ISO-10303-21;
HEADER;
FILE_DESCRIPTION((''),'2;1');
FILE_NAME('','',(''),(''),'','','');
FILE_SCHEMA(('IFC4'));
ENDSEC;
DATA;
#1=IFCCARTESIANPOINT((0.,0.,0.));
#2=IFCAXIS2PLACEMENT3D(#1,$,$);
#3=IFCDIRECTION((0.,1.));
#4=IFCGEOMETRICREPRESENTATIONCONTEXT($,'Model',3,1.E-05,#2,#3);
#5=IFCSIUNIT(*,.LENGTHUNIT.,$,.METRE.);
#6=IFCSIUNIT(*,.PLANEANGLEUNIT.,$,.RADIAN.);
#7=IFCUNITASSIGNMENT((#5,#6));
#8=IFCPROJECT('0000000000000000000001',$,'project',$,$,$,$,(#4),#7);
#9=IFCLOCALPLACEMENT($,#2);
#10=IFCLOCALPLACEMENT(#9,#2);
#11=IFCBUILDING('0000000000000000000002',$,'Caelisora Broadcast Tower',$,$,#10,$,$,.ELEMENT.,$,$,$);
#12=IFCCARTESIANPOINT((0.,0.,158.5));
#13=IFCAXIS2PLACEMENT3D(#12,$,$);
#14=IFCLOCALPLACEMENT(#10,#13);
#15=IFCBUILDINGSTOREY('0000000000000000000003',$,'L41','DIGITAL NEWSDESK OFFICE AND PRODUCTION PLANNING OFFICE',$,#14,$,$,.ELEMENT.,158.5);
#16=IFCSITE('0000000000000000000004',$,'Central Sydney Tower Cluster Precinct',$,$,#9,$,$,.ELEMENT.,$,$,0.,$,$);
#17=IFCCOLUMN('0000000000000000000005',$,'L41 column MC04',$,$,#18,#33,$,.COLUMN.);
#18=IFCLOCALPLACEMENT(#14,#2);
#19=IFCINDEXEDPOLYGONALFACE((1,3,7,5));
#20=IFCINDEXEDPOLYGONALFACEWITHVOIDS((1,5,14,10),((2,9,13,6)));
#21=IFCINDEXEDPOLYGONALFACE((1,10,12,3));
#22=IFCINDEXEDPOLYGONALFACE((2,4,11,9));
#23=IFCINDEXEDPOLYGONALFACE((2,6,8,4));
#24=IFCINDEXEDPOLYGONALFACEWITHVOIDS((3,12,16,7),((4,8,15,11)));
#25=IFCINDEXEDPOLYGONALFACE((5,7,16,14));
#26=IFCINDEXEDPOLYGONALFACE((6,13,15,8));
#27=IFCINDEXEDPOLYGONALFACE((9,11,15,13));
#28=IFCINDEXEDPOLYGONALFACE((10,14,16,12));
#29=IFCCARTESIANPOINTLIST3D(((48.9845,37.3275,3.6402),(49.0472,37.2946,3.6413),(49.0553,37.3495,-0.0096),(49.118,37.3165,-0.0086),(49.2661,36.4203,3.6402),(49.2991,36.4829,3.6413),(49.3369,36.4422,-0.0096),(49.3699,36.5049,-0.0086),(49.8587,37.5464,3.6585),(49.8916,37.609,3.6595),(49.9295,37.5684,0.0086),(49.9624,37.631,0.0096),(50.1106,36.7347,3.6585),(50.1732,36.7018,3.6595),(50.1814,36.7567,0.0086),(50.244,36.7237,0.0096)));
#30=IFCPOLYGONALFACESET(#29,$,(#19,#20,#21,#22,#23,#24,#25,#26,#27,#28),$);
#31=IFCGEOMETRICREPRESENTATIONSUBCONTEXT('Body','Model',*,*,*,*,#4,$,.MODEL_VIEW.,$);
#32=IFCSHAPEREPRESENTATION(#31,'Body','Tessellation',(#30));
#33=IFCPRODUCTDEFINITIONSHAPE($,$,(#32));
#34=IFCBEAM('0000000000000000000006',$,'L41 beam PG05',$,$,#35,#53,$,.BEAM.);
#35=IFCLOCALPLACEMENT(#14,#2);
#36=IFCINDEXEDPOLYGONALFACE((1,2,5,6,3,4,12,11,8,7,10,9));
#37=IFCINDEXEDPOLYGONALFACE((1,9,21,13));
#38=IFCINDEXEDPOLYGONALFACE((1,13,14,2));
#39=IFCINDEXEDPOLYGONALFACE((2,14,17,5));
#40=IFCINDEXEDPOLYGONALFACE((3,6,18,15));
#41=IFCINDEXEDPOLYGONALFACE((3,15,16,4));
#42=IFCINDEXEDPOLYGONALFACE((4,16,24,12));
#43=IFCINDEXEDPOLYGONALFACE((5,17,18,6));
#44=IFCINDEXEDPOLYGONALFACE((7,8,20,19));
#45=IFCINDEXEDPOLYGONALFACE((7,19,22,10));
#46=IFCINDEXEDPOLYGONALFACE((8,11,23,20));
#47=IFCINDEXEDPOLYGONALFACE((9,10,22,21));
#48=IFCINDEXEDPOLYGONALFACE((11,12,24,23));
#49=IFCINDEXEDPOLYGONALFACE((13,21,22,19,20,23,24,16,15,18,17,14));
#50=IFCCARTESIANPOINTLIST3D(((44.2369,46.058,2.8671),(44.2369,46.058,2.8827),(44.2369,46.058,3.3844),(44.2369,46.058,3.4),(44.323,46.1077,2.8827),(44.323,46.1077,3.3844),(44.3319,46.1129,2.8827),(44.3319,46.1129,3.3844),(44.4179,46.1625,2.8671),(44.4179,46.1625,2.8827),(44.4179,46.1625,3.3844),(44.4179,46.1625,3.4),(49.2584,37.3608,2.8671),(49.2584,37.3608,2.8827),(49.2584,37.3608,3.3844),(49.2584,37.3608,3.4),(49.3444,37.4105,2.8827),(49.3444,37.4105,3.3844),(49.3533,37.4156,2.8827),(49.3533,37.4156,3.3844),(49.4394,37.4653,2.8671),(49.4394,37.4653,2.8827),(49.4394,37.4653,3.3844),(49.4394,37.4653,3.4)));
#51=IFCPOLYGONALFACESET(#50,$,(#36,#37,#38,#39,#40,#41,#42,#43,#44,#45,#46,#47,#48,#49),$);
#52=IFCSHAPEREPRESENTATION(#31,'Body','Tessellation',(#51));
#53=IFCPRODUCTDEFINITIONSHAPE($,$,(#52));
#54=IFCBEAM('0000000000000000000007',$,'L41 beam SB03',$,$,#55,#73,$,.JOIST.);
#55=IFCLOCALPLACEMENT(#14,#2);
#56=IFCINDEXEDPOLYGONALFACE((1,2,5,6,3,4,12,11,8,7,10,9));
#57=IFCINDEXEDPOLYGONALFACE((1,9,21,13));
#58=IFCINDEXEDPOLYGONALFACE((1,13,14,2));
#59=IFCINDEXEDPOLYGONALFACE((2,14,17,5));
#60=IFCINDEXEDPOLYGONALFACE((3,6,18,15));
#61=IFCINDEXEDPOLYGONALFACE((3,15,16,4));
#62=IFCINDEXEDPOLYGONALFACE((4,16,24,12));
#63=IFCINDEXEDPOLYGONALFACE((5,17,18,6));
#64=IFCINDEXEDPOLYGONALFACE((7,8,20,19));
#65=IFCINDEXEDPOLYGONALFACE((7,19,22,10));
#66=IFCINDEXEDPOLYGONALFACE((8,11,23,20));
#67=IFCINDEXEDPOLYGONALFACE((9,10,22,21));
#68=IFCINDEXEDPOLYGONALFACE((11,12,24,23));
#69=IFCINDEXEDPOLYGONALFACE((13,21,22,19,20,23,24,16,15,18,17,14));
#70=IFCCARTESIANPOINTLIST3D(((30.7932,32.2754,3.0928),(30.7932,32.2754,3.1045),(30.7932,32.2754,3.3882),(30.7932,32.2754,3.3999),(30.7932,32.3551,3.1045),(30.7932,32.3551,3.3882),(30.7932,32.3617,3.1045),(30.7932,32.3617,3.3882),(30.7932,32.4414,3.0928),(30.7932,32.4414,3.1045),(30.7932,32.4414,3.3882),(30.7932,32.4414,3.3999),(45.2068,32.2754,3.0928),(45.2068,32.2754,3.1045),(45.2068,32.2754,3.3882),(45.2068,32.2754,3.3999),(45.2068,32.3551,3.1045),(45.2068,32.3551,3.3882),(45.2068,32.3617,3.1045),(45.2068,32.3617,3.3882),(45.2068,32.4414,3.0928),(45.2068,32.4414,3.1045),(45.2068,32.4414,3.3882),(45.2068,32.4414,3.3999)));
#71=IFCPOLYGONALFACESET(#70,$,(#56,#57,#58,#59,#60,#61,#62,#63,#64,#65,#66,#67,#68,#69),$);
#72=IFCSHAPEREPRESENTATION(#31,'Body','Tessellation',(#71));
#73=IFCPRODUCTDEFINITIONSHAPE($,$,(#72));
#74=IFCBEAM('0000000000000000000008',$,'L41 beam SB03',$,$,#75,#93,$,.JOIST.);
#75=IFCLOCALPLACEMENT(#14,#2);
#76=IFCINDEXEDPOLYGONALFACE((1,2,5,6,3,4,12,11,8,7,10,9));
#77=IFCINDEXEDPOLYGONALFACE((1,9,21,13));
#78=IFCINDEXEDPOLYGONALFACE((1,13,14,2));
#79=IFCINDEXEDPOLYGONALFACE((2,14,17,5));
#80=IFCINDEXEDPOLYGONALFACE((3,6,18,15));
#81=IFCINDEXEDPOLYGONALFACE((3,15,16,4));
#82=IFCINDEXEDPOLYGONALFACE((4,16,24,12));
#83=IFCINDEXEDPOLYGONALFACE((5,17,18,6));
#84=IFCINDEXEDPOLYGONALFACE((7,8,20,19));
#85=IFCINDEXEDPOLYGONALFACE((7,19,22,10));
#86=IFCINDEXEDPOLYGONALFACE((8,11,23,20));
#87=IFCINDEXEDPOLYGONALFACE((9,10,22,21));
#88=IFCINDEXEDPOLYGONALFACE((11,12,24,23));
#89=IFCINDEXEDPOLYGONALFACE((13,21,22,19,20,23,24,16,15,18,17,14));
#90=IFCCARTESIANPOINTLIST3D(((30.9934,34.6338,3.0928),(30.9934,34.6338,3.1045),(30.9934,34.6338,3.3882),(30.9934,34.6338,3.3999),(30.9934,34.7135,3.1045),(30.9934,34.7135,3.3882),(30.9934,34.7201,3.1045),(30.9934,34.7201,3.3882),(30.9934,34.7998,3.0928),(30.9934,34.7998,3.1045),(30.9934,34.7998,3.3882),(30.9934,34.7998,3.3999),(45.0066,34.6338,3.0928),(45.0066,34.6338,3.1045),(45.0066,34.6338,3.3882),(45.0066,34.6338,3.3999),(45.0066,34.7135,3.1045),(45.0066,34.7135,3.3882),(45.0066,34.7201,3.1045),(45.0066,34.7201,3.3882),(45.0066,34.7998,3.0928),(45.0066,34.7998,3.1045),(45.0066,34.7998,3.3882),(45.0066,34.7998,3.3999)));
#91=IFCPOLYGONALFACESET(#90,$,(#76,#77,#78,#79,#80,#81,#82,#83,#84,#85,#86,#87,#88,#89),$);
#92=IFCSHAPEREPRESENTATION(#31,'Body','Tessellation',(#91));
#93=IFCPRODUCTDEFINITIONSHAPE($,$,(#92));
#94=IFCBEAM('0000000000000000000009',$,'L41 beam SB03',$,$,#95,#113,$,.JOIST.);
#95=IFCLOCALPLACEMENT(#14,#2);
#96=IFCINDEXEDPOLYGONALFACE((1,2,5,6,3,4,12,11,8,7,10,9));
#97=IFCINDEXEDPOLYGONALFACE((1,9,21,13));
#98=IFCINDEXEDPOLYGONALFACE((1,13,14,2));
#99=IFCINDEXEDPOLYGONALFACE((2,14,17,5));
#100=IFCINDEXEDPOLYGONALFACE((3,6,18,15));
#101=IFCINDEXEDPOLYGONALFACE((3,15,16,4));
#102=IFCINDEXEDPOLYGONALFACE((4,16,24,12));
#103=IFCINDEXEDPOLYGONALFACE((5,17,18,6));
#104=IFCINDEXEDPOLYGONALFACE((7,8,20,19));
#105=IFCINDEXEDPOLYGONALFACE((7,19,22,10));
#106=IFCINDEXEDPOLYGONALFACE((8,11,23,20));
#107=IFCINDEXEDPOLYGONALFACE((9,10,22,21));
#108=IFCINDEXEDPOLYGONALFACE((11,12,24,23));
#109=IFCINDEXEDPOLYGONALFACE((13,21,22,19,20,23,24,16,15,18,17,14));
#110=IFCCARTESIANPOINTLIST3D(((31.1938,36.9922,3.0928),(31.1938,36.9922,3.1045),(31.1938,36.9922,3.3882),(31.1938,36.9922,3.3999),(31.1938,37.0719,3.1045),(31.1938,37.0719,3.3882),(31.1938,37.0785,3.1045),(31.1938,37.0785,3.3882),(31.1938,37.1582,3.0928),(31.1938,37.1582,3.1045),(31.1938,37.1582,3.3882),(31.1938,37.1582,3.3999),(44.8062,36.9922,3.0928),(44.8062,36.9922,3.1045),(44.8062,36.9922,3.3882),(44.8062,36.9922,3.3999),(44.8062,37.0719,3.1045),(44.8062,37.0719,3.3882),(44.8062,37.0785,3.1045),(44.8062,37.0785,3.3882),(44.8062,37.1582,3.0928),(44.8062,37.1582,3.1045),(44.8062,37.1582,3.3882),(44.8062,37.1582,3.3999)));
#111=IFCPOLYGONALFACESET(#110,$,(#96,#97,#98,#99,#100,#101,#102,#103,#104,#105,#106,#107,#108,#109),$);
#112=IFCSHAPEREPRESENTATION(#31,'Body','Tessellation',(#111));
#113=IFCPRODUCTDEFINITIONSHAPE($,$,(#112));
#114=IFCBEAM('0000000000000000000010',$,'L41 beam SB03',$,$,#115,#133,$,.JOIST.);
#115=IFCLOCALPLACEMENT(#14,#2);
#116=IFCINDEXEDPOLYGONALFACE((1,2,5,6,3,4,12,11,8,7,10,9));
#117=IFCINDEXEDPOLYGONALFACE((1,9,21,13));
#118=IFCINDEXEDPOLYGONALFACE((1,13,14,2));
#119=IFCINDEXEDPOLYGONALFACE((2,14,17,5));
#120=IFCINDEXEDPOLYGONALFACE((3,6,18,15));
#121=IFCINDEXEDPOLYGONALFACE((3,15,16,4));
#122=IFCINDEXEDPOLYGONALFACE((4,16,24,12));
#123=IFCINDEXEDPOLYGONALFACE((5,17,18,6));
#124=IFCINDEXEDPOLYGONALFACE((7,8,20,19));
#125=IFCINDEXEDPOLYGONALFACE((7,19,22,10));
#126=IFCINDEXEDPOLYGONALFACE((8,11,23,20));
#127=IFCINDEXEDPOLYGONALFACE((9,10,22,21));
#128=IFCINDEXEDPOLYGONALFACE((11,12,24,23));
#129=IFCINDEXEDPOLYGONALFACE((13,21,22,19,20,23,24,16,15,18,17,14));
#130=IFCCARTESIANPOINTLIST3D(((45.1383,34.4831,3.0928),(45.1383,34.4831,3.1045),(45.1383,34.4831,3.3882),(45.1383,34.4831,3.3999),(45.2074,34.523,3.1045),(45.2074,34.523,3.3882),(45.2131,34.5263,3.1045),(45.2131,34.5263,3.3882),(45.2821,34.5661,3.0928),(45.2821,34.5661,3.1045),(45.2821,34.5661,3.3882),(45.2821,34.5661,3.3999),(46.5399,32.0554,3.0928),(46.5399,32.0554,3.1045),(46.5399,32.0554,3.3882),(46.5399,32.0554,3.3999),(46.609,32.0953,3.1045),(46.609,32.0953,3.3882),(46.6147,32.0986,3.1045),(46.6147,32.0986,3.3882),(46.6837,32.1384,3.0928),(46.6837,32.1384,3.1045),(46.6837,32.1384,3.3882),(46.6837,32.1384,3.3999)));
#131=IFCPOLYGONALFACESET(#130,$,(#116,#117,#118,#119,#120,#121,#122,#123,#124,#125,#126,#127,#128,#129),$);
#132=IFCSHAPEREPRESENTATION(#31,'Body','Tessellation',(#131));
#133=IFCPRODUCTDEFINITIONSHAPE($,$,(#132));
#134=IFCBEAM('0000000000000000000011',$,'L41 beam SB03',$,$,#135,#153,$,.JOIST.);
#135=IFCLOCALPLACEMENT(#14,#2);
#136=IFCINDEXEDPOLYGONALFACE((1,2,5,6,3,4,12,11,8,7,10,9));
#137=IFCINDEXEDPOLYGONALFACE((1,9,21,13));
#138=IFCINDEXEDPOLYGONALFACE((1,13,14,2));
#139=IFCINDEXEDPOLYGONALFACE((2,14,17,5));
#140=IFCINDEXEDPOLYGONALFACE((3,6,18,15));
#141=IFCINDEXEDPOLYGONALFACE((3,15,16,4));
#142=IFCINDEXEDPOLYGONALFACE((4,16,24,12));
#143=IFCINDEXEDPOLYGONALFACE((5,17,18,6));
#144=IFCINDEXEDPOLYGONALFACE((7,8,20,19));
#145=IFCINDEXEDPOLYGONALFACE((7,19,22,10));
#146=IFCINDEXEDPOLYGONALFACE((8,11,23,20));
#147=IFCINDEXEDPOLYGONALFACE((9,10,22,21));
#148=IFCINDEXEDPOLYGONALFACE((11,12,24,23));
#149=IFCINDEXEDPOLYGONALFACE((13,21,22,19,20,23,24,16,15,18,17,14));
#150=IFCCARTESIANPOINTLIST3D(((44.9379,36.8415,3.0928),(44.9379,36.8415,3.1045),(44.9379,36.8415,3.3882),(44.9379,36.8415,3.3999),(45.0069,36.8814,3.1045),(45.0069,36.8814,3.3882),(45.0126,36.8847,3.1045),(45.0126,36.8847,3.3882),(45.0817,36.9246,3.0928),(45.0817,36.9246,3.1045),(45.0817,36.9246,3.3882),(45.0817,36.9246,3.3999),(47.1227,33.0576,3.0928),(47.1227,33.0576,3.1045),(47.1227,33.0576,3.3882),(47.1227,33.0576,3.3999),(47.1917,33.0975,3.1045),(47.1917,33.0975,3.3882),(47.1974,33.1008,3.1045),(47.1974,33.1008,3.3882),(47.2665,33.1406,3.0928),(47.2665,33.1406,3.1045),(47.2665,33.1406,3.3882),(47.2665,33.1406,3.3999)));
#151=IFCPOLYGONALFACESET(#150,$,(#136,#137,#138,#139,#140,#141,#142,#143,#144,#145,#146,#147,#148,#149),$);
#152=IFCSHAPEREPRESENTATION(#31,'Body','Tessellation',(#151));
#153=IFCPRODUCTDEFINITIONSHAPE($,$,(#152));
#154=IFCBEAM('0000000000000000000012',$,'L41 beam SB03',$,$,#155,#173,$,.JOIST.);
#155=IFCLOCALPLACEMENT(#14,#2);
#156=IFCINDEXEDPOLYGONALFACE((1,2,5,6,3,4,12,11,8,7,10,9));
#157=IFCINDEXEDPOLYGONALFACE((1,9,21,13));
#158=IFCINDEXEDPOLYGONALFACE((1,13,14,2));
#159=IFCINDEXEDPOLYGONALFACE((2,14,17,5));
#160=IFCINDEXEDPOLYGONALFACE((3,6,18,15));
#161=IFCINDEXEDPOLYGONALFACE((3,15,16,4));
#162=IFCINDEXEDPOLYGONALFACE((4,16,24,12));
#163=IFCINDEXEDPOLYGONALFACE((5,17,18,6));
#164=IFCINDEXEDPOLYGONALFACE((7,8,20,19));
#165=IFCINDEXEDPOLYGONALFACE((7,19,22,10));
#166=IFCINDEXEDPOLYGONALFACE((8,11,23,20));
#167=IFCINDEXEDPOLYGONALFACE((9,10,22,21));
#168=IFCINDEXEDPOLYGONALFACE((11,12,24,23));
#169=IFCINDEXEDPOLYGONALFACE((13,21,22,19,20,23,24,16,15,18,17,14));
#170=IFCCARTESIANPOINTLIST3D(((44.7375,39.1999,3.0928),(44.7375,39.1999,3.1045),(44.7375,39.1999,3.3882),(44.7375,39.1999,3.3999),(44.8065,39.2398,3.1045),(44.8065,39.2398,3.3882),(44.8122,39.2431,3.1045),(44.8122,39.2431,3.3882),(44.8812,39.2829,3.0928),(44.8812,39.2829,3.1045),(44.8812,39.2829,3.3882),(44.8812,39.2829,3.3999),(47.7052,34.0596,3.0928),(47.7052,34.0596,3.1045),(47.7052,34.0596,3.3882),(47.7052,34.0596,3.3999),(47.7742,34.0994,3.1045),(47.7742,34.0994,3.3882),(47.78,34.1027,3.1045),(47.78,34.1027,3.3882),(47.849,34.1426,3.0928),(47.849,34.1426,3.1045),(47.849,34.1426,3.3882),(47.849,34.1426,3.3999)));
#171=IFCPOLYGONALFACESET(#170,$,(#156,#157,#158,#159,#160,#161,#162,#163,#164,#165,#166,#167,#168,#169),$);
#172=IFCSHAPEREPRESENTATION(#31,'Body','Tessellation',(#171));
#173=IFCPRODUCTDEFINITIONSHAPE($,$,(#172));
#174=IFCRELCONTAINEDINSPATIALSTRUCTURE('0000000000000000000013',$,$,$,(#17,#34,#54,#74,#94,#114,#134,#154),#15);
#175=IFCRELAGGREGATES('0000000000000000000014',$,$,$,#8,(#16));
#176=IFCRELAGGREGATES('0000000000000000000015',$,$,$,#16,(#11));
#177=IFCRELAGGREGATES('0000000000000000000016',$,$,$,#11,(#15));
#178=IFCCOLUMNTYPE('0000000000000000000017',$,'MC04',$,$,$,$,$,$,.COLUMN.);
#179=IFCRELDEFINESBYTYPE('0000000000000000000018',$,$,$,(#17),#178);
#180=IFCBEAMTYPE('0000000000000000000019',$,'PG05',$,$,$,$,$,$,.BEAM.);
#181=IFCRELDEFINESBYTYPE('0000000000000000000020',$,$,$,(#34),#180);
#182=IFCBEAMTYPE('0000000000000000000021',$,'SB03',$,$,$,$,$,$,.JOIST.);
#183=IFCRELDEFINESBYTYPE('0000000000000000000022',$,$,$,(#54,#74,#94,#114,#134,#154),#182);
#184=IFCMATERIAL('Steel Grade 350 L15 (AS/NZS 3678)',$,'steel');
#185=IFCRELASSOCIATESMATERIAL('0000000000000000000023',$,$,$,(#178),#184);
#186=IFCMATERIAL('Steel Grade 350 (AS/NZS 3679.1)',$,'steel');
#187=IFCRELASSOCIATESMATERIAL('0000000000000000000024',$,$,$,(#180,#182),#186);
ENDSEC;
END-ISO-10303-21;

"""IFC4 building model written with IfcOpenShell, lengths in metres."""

from ifc_helpers import new_model, si_unit, direction, frame, origin, origin_2d, place, context, subcontext, project, spatial, hollow_rectangle, i_section, extrude, source, transform, mapped, material, material_profile, profile_set, type_object, type_shapes, element, save


model = new_model("IFC4")

# Units and contexts
model_context = context("Model", 3, precision=1e-05, world=origin(), true_north=direction((0.0, 1.0)))
body_context = subcontext(model_context, "Body", "Model", "MODEL_VIEW")
ifc_project = project(units=[si_unit("LENGTHUNIT", "METRE"), si_unit("PLANEANGLEUNIT", "RADIAN")], contexts=[model_context])

# Site, building, storey
site_placement = place(None, origin())
site = spatial("IfcSite", under=ifc_project, at=site_placement, Name="Central Sydney Tower Cluster Precinct", CompositionType="ELEMENT", RefElevation=0.0)
building_placement = place(site_placement, origin())
building = spatial("IfcBuilding", under=site, at=building_placement, Name="Caelisora Broadcast Tower", CompositionType="ELEMENT")
storey_placement = place(building_placement, frame((0.0, 0.0, 158.5)))
storey = spatial("IfcBuildingStorey", under=building, at=storey_placement, Name="L41", Description="DIGITAL NEWSDESK OFFICE AND PRODUCTION PLANNING OFFICE", CompositionType="ELEMENT", Elevation=158.5)

# Column
ifc_material_1 = material(Name="Steel Grade 350 L15 (AS/NZS 3678)", Category="steel")
ifc_material_profile_1 = material_profile(ifc_material_1, hollow_rectangle(XDim=0.95, YDim=0.95, WallThickness=0.05, at=origin_2d()), Name="Steel Grade 350 L15 (AS/NZS 3678)")
ifc_profile_set_1 = profile_set([ifc_material_profile_1], Name="Steel Grade 350 L15 (AS/NZS 3678)")
column_type = type_object("IfcColumnType", Name="MC04", PredefinedType="COLUMN", material=ifc_profile_set_1)
shared_shape_1 = source(origin(), body_context, "Body", "SweptSolid", [
    extrude(hollow_rectangle(XDim=0.95, YDim=0.95, WallThickness=0.05, at=origin_2d()), origin(), (0.0, 0.0, 1.0), 3.6506),
])
type_shapes(column_type, [shared_shape_1])
column_placement = place(storey_placement, frame((49.6497, 37.0366, 0.0), z_axis=(-0.019394, -0.006019, 0.999794), x_axis=(0.296399, -0.955064, 0.0)))
element("IfcColumn", 1, at=column_placement, inside=storey, type_object=column_type, Name="L41 column MC04", PredefinedType="COLUMN", context=body_context, shape_type="MappedRepresentation", body=[
    mapped(shared_shape_1, transform((0.0, 0.0, 0.0), scale=1.0)),
])

# Beams
ifc_material_2 = material(Name="Steel Grade 350 (AS/NZS 3679.1)", Category="steel")
ifc_material_profile_2 = material_profile(ifc_material_2, i_section(OverallWidth=0.209, OverallDepth=0.533, WebThickness=0.0103, FlangeThickness=0.0156, at=origin_2d()), Name="Steel Grade 350 (AS/NZS 3679.1)")
ifc_profile_set_2 = profile_set([ifc_material_profile_2], Name="Steel Grade 350 (AS/NZS 3679.1)")
beam_type_1 = type_object("IfcBeamType", Name="PG05", PredefinedType="BEAM", material=ifc_profile_set_2)
shared_shape_2 = source(origin(), body_context, "Body", "SweptSolid", [
    extrude(i_section(OverallWidth=0.209, OverallDepth=0.533, WebThickness=0.0103, FlangeThickness=0.0156, at=origin_2d()), origin(), (0.0, 0.0, 1.0), 10.0427),
])
type_shapes(beam_type_1, [shared_shape_2])
beam_1_placement = place(storey_placement, frame((49.3489, 37.4131, 3.1335), z_axis=(-0.500009, 0.86602, 0.0), x_axis=(-0.86602, -0.500009, 0.0)))
element("IfcBeam", 2, at=beam_1_placement, inside=storey, type_object=beam_type_1, Name="L41 beam PG05", PredefinedType="BEAM", context=body_context, shape_type="MappedRepresentation", body=[
    mapped(shared_shape_2, transform((0.0, 0.0, 0.0), scale=1.0)),
])
ifc_material_profile_3 = material_profile(ifc_material_2, i_section(OverallWidth=0.166, OverallDepth=0.3071, WebThickness=0.0066, FlangeThickness=0.0117, at=origin_2d()), Name="Steel Grade 350 (AS/NZS 3679.1)")
ifc_profile_set_3 = profile_set([ifc_material_profile_3], Name="Steel Grade 350 (AS/NZS 3679.1)")
beam_type_2 = type_object("IfcBeamType", Name="SB03", PredefinedType="JOIST", material=ifc_profile_set_3)
shared_shape_3 = source(origin(), body_context, "Body", "SweptSolid", [
    extrude(i_section(OverallWidth=0.166, OverallDepth=0.3071, WebThickness=0.0066, FlangeThickness=0.0117, at=origin_2d()), origin(), (0.0, 0.0, 1.0), 14.4136),
])
beam_2_placement = place(storey_placement, frame((45.2068, 32.3584, 3.2463), z_axis=(-1.0, 0.0, 0.0), x_axis=(0.0, -1.0, 0.0)))
element("IfcBeam", 3, at=beam_2_placement, inside=storey, type_object=beam_type_2, Name="L41 beam SB03", PredefinedType="JOIST", context=body_context, shape_type="MappedRepresentation", body=[
    mapped(shared_shape_3, transform((0.0, 0.0, 0.0), scale=1.0)),
])
shared_shape_4 = source(origin(), body_context, "Body", "SweptSolid", [
    extrude(i_section(OverallWidth=0.166, OverallDepth=0.3071, WebThickness=0.0066, FlangeThickness=0.0117, at=origin_2d()), origin(), (0.0, 0.0, 1.0), 14.0132),
])
beam_3_placement = place(storey_placement, frame((45.0066, 34.7168, 3.2463), z_axis=(-1.0, 0.0, 0.0), x_axis=(0.0, -1.0, 0.0)))
element("IfcBeam", 4, at=beam_3_placement, inside=storey, type_object=beam_type_2, Name="L41 beam SB03", PredefinedType="JOIST", context=body_context, shape_type="MappedRepresentation", body=[
    mapped(shared_shape_4, transform((0.0, 0.0, 0.0), scale=1.0)),
])
shared_shape_5 = source(origin(), body_context, "Body", "SweptSolid", [
    extrude(i_section(OverallWidth=0.166, OverallDepth=0.3071, WebThickness=0.0066, FlangeThickness=0.0117, at=origin_2d()), origin(), (0.0, 0.0, 1.0), 13.6123),
])
beam_4_placement = place(storey_placement, frame((44.8062, 37.0752, 3.2463), z_axis=(-1.0, 0.0, 0.0), x_axis=(0.0, -1.0, 0.0)))
element("IfcBeam", 5, at=beam_4_placement, inside=storey, type_object=beam_type_2, Name="L41 beam SB03", PredefinedType="JOIST", context=body_context, shape_type="MappedRepresentation", body=[
    mapped(shared_shape_5, transform((0.0, 0.0, 0.0), scale=1.0)),
])
shared_shape_6 = source(origin(), body_context, "Body", "SweptSolid", [
    extrude(i_section(OverallWidth=0.166, OverallDepth=0.3071, WebThickness=0.0066, FlangeThickness=0.0117, at=origin_2d()), origin(), (0.0, 0.0, 1.0), 2.8032),
])
beam_5_placement = place(storey_placement, frame((46.6118, 32.0969, 3.2463), z_axis=(-0.499989, 0.866032, 0.0), x_axis=(-0.866032, -0.499989, 0.0)))
element("IfcBeam", 6, at=beam_5_placement, inside=storey, type_object=beam_type_2, Name="L41 beam SB03", PredefinedType="JOIST", context=body_context, shape_type="MappedRepresentation", body=[
    mapped(shared_shape_6, transform((0.0, 0.0, 0.0), scale=1.0)),
])
shared_shape_7 = source(origin(), body_context, "Body", "SweptSolid", [
    extrude(i_section(OverallWidth=0.166, OverallDepth=0.3071, WebThickness=0.0066, FlangeThickness=0.0117, at=origin_2d()), origin(), (0.0, 0.0, 1.0), 4.3694),
])
beam_6_placement = place(storey_placement, frame((47.1946, 33.0991, 3.2463), z_axis=(-0.500027, 0.86601, 0.0), x_axis=(-0.86601, -0.500027, 0.0)))
element("IfcBeam", 7, at=beam_6_placement, inside=storey, type_object=beam_type_2, Name="L41 beam SB03", PredefinedType="JOIST", context=body_context, shape_type="MappedRepresentation", body=[
    mapped(shared_shape_7, transform((0.0, 0.0, 0.0), scale=1.0)),
])
shared_shape_8 = source(origin(), body_context, "Body", "SweptSolid", [
    extrude(i_section(OverallWidth=0.166, OverallDepth=0.3071, WebThickness=0.0066, FlangeThickness=0.0117, at=origin_2d()), origin(), (0.0, 0.0, 1.0), 5.9355),
])
beam_7_placement = place(storey_placement, frame((47.7771, 34.1011, 3.2463), z_axis=(-0.499997, 0.866027, 0.0), x_axis=(-0.866027, -0.499997, 0.0)))
element("IfcBeam", 8, at=beam_7_placement, inside=storey, type_object=beam_type_2, Name="L41 beam SB03", PredefinedType="JOIST", context=body_context, shape_type="MappedRepresentation", body=[
    mapped(shared_shape_8, transform((0.0, 0.0, 0.0), scale=1.0)),
])

save(model, "model.ifc")
